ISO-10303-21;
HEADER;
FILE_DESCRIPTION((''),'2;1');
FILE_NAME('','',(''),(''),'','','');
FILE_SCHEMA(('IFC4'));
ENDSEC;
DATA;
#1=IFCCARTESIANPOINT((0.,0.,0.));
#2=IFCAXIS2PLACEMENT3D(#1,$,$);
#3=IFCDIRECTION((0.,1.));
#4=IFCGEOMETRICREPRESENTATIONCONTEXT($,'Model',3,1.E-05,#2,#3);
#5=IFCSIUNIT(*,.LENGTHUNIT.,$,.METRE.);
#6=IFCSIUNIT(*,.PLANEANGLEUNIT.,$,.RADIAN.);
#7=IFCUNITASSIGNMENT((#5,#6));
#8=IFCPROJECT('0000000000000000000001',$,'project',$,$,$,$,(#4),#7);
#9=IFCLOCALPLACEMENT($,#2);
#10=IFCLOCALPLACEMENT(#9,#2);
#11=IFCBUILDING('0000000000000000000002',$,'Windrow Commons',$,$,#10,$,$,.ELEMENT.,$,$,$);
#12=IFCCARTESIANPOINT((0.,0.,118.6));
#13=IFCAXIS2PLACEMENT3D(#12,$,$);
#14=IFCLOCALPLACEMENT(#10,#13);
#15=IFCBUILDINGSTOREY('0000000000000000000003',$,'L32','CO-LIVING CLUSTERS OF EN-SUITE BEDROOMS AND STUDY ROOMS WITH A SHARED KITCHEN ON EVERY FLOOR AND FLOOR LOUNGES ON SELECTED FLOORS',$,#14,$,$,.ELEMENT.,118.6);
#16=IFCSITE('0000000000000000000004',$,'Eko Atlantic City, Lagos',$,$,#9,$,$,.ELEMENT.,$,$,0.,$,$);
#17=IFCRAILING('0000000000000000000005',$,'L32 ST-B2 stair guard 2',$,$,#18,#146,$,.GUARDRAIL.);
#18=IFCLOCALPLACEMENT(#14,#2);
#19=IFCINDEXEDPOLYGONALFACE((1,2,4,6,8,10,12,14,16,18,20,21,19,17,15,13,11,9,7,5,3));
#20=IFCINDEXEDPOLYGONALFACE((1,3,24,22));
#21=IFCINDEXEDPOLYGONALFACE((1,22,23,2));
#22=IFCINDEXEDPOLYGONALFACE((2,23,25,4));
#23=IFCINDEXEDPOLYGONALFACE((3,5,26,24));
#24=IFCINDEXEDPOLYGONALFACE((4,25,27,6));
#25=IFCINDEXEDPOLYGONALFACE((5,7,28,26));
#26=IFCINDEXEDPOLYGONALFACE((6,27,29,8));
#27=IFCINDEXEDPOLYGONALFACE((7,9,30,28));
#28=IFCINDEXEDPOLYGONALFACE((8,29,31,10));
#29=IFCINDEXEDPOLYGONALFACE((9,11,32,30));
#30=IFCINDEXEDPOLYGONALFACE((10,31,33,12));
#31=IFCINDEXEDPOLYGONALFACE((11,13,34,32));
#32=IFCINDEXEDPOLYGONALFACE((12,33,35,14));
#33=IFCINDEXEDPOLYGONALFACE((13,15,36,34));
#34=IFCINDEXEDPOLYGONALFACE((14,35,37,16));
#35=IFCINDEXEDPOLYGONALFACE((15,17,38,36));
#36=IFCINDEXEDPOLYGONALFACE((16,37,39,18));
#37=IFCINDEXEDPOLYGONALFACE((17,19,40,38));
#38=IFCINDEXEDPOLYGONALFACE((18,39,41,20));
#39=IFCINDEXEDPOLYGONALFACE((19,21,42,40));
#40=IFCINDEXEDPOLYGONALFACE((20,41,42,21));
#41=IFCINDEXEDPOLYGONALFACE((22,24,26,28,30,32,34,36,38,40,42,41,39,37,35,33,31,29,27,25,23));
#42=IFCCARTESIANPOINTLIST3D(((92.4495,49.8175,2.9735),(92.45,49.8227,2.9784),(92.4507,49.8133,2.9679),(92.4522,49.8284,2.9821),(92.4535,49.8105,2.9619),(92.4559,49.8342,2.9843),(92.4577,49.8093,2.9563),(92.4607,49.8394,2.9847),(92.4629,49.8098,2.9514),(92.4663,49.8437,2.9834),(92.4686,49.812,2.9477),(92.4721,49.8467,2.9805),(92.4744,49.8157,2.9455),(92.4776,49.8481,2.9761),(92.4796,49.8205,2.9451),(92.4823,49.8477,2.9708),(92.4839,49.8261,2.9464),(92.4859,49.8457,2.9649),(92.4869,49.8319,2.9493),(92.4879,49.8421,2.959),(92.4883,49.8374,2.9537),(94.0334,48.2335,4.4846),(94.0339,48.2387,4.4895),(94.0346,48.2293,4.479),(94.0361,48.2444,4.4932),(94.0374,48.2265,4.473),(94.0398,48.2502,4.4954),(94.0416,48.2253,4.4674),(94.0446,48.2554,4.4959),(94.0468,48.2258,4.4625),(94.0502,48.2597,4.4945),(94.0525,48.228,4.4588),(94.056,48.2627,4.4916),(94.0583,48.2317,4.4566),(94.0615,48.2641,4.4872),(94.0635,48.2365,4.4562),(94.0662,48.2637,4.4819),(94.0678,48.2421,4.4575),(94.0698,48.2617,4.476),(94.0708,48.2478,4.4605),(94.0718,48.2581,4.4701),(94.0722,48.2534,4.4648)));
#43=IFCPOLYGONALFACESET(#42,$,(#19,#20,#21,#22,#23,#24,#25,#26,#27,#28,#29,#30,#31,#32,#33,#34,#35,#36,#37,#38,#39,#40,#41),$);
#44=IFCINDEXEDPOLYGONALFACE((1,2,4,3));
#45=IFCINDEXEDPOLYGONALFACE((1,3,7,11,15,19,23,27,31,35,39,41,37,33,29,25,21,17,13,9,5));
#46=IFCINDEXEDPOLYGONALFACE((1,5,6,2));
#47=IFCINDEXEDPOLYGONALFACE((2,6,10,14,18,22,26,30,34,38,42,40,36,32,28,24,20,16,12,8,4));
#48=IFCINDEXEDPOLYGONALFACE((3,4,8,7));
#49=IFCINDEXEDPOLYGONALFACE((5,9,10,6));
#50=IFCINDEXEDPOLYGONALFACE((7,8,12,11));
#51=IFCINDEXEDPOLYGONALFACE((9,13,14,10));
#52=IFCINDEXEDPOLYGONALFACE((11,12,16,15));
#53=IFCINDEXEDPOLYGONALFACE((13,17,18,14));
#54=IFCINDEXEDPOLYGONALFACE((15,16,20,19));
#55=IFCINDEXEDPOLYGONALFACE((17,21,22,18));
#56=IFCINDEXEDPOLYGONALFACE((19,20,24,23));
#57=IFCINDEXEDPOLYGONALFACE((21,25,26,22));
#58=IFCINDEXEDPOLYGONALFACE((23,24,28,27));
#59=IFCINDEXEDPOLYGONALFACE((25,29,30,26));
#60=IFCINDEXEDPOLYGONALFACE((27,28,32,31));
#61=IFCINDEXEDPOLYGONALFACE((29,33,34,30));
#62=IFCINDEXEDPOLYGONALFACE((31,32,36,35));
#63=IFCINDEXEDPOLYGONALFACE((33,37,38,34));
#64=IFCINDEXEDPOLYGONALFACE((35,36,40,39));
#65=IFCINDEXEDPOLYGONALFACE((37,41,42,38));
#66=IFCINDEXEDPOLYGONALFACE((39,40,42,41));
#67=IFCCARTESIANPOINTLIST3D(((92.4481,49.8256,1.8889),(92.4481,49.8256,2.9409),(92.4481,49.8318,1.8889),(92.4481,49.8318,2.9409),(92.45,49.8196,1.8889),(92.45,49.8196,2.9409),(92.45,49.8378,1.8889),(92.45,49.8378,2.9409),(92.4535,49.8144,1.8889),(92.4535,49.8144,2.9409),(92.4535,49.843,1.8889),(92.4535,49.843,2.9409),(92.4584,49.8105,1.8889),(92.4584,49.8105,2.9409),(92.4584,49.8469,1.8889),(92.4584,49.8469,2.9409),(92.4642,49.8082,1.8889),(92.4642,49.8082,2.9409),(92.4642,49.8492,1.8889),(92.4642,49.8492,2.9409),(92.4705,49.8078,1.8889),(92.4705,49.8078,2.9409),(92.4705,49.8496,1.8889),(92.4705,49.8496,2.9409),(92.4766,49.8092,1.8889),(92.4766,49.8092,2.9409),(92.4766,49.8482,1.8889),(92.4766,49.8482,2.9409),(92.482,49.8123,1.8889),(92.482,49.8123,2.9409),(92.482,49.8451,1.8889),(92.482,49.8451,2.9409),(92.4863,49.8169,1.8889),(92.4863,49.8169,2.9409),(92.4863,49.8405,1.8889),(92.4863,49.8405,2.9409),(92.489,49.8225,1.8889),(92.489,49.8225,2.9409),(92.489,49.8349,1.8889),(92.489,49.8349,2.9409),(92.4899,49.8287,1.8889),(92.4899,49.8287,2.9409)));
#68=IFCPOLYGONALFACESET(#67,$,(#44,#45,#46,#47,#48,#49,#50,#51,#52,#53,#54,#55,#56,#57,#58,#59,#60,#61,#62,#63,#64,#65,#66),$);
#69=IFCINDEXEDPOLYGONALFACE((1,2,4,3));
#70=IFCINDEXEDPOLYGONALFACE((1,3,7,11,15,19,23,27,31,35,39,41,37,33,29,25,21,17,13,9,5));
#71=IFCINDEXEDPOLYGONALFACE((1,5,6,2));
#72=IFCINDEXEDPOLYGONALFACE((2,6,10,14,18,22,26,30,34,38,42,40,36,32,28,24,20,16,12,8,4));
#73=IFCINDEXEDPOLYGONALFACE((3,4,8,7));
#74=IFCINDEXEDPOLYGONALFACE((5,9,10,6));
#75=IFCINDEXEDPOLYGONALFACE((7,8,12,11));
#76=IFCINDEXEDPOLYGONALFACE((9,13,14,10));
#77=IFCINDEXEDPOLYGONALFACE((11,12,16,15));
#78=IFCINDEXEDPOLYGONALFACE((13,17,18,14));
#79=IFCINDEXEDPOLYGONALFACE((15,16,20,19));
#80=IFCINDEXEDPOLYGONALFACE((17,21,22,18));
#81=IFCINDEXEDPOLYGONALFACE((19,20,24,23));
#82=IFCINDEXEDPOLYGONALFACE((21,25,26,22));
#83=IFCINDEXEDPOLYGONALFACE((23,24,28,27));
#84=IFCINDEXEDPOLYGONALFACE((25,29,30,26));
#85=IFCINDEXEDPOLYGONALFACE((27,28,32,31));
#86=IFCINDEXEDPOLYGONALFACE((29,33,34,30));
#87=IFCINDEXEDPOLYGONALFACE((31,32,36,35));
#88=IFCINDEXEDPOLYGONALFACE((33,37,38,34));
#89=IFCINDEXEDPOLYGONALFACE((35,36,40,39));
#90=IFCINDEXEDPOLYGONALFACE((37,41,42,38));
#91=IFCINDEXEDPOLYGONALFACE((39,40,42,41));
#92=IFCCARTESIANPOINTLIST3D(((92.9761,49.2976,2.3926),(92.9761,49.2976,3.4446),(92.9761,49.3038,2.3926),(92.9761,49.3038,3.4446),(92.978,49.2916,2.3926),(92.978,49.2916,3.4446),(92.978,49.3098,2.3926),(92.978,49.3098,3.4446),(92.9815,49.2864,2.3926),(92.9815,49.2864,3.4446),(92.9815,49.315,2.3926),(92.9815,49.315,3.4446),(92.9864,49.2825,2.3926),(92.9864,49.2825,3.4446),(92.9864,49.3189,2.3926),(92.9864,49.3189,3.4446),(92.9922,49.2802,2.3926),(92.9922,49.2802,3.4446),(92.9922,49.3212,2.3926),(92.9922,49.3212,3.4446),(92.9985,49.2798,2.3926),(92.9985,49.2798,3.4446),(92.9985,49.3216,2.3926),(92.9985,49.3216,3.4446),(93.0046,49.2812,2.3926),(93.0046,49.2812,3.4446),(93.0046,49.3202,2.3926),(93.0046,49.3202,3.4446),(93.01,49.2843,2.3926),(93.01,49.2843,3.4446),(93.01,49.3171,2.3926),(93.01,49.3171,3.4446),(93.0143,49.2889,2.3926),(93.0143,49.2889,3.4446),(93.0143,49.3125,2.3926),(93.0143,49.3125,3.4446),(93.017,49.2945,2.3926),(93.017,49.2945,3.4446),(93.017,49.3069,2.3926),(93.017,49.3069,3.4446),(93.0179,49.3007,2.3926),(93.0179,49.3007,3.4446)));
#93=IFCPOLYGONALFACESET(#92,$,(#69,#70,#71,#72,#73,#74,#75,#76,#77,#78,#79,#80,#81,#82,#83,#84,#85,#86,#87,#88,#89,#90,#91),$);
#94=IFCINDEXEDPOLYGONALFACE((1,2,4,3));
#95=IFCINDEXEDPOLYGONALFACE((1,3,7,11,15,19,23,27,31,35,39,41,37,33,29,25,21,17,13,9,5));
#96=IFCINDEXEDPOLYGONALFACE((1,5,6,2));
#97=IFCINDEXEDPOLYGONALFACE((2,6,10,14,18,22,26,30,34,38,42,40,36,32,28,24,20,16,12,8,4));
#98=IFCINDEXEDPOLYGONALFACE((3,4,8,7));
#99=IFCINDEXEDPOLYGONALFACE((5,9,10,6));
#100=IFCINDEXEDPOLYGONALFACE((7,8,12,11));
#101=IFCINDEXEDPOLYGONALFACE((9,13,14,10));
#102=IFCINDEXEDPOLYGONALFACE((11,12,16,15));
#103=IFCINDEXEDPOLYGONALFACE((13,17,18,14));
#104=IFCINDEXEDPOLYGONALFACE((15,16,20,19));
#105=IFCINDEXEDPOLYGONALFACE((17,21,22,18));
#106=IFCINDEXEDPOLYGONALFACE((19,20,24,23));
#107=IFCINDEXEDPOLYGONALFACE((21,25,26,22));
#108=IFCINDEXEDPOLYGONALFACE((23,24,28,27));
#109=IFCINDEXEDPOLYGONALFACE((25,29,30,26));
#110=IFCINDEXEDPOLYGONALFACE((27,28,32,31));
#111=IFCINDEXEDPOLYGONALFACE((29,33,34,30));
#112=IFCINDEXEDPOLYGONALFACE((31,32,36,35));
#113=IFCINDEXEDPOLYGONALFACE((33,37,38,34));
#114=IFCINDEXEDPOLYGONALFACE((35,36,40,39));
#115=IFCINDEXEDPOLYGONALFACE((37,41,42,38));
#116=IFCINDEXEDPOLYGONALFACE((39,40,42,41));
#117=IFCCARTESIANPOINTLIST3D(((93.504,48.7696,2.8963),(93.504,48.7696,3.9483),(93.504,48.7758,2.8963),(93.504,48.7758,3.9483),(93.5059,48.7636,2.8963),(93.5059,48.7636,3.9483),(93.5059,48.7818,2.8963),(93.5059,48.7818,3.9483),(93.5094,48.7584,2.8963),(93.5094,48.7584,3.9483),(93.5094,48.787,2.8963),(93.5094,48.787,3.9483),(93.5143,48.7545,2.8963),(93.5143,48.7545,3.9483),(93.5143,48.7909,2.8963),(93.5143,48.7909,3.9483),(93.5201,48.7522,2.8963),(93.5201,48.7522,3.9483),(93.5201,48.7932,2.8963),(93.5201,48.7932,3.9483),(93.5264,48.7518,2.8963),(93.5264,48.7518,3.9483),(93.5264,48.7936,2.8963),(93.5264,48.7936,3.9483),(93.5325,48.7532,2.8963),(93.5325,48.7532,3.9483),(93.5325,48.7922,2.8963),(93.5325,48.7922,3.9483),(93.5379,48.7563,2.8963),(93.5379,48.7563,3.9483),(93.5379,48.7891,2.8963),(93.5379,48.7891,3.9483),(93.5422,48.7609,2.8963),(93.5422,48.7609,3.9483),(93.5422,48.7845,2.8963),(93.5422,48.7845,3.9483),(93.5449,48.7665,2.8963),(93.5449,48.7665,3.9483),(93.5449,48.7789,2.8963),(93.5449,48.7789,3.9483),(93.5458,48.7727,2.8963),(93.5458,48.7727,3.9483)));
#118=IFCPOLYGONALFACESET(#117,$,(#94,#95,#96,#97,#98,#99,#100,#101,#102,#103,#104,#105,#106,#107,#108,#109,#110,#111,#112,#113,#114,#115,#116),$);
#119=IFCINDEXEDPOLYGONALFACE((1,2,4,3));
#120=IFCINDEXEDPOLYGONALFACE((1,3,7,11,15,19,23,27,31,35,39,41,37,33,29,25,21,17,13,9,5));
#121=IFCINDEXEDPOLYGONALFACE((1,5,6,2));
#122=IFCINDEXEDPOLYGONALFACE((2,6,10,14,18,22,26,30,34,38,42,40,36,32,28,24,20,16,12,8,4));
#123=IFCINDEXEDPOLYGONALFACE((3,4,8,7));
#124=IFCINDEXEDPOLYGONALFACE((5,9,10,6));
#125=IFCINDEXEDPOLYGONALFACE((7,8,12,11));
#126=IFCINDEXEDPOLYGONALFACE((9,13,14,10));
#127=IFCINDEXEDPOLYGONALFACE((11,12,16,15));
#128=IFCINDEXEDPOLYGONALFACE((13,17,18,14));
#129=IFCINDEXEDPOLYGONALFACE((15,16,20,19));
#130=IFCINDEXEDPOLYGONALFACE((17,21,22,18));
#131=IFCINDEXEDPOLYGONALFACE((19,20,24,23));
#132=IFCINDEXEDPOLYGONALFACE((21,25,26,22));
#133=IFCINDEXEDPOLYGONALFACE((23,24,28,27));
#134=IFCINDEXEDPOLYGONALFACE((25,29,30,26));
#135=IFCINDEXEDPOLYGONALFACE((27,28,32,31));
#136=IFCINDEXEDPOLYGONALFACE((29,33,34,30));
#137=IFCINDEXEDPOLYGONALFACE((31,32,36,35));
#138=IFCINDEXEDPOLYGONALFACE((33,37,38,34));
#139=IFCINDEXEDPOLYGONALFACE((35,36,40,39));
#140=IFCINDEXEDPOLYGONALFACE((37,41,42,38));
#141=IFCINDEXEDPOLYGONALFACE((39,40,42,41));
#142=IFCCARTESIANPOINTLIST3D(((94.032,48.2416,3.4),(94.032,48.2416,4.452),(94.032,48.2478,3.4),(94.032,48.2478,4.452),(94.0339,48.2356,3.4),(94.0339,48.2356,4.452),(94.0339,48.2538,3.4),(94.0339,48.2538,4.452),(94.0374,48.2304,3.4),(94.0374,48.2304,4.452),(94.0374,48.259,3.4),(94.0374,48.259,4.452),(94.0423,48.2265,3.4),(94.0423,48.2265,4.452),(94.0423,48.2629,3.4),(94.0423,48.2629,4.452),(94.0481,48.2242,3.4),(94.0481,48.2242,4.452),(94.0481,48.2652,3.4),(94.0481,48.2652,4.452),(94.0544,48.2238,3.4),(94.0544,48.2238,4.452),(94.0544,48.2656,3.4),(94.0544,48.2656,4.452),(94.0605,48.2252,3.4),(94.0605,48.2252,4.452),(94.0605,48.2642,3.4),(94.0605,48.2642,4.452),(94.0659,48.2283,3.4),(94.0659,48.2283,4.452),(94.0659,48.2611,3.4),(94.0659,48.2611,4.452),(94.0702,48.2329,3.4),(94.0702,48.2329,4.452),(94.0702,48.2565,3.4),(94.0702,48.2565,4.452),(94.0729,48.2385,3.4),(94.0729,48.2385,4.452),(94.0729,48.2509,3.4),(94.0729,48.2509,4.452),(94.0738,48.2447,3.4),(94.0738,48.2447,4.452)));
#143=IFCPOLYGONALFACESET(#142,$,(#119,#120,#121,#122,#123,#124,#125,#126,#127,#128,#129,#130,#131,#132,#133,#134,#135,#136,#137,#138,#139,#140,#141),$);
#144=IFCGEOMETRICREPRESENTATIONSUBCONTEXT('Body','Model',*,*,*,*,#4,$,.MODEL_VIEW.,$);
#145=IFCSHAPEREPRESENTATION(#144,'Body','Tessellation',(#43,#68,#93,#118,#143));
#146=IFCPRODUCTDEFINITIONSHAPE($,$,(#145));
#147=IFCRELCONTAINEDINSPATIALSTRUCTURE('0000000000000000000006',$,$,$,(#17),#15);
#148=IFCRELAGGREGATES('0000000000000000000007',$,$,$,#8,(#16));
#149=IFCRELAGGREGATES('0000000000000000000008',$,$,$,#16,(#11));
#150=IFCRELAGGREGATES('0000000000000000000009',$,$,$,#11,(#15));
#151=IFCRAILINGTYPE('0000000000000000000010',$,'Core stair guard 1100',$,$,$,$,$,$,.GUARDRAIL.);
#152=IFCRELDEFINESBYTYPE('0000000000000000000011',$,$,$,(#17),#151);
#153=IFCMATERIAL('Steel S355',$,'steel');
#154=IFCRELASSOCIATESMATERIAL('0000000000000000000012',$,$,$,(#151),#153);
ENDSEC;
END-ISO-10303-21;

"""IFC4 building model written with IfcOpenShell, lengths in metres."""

from ifc_helpers import new_model, si_unit, direction, frame, origin, origin_2d, place, context, subcontext, project, spatial, circle, extrude, material, type_object, element, save


model = new_model("IFC4")

# Units and contexts
model_context = context("Model", 3, precision=1e-05, world=origin(), true_north=direction((0.0, 1.0)))
body_context = subcontext(model_context, "Body", "Model", "MODEL_VIEW")
ifc_project = project(units=[si_unit("LENGTHUNIT", "METRE"), si_unit("PLANEANGLEUNIT", "RADIAN")], contexts=[model_context])

# Site, building, storey
site_placement = place(None, origin())
site = spatial("IfcSite", under=ifc_project, at=site_placement, Name="Eko Atlantic City, Lagos", CompositionType="ELEMENT", RefElevation=0.0)
building_placement = place(site_placement, origin())
building = spatial("IfcBuilding", under=site, at=building_placement, Name="Windrow Commons", CompositionType="ELEMENT")
storey_placement = place(building_placement, frame((0.0, 0.0, 118.6)))
storey = spatial("IfcBuildingStorey", under=building, at=storey_placement, Name="L32", Description="CO-LIVING CLUSTERS OF EN-SUITE BEDROOMS AND STUDY ROOMS WITH A SHARED KITCHEN ON EVERY FLOOR AND FLOOR LOUNGES ON SELECTED FLOORS", CompositionType="ELEMENT", Elevation=118.6)

# Railing
ifc_material_1 = material(Name="Steel S355", Category="steel")
railing_type_1 = type_object("IfcRailingType", Name="Core stair guard 1100", PredefinedType="GUARDRAIL", material=ifc_material_1)
railing_1_placement = place(storey_placement, frame((92.4689, 49.8287, 1.8889)))
element("IfcRailing", 1, at=railing_1_placement, inside=storey, type_object=railing_type_1, Name="L32 ST-B2 stair guard 2", PredefinedType="GUARDRAIL", context=body_context, shape_type="SweptSolid", body=[
    extrude(circle(Radius=0.024, at=origin_2d()), frame((0.0, 0.0, 1.076), z_axis=(0.586179, -0.586216, 0.559237), x_axis=(0.707129, 0.707084, 0.0)), (0.0, 0.0, 1.0), 2.7021),
    extrude(circle(Radius=0.021, at=origin_2d()), origin(), (0.0, 0.0, 1.0), 1.052),
    extrude(circle(Radius=0.021, at=origin_2d()), frame((0.528, -0.528, 0.5037)), (0.0, 0.0, 1.0), 1.052),
    extrude(circle(Radius=0.021, at=origin_2d()), frame((1.0559, -1.056, 1.0074)), (0.0, 0.0, 1.0), 1.052),
    extrude(circle(Radius=0.021, at=origin_2d()), frame((1.5839, -1.584, 1.5111)), (0.0, 0.0, 1.0), 1.052),
])

save(model, "model.ifc")
